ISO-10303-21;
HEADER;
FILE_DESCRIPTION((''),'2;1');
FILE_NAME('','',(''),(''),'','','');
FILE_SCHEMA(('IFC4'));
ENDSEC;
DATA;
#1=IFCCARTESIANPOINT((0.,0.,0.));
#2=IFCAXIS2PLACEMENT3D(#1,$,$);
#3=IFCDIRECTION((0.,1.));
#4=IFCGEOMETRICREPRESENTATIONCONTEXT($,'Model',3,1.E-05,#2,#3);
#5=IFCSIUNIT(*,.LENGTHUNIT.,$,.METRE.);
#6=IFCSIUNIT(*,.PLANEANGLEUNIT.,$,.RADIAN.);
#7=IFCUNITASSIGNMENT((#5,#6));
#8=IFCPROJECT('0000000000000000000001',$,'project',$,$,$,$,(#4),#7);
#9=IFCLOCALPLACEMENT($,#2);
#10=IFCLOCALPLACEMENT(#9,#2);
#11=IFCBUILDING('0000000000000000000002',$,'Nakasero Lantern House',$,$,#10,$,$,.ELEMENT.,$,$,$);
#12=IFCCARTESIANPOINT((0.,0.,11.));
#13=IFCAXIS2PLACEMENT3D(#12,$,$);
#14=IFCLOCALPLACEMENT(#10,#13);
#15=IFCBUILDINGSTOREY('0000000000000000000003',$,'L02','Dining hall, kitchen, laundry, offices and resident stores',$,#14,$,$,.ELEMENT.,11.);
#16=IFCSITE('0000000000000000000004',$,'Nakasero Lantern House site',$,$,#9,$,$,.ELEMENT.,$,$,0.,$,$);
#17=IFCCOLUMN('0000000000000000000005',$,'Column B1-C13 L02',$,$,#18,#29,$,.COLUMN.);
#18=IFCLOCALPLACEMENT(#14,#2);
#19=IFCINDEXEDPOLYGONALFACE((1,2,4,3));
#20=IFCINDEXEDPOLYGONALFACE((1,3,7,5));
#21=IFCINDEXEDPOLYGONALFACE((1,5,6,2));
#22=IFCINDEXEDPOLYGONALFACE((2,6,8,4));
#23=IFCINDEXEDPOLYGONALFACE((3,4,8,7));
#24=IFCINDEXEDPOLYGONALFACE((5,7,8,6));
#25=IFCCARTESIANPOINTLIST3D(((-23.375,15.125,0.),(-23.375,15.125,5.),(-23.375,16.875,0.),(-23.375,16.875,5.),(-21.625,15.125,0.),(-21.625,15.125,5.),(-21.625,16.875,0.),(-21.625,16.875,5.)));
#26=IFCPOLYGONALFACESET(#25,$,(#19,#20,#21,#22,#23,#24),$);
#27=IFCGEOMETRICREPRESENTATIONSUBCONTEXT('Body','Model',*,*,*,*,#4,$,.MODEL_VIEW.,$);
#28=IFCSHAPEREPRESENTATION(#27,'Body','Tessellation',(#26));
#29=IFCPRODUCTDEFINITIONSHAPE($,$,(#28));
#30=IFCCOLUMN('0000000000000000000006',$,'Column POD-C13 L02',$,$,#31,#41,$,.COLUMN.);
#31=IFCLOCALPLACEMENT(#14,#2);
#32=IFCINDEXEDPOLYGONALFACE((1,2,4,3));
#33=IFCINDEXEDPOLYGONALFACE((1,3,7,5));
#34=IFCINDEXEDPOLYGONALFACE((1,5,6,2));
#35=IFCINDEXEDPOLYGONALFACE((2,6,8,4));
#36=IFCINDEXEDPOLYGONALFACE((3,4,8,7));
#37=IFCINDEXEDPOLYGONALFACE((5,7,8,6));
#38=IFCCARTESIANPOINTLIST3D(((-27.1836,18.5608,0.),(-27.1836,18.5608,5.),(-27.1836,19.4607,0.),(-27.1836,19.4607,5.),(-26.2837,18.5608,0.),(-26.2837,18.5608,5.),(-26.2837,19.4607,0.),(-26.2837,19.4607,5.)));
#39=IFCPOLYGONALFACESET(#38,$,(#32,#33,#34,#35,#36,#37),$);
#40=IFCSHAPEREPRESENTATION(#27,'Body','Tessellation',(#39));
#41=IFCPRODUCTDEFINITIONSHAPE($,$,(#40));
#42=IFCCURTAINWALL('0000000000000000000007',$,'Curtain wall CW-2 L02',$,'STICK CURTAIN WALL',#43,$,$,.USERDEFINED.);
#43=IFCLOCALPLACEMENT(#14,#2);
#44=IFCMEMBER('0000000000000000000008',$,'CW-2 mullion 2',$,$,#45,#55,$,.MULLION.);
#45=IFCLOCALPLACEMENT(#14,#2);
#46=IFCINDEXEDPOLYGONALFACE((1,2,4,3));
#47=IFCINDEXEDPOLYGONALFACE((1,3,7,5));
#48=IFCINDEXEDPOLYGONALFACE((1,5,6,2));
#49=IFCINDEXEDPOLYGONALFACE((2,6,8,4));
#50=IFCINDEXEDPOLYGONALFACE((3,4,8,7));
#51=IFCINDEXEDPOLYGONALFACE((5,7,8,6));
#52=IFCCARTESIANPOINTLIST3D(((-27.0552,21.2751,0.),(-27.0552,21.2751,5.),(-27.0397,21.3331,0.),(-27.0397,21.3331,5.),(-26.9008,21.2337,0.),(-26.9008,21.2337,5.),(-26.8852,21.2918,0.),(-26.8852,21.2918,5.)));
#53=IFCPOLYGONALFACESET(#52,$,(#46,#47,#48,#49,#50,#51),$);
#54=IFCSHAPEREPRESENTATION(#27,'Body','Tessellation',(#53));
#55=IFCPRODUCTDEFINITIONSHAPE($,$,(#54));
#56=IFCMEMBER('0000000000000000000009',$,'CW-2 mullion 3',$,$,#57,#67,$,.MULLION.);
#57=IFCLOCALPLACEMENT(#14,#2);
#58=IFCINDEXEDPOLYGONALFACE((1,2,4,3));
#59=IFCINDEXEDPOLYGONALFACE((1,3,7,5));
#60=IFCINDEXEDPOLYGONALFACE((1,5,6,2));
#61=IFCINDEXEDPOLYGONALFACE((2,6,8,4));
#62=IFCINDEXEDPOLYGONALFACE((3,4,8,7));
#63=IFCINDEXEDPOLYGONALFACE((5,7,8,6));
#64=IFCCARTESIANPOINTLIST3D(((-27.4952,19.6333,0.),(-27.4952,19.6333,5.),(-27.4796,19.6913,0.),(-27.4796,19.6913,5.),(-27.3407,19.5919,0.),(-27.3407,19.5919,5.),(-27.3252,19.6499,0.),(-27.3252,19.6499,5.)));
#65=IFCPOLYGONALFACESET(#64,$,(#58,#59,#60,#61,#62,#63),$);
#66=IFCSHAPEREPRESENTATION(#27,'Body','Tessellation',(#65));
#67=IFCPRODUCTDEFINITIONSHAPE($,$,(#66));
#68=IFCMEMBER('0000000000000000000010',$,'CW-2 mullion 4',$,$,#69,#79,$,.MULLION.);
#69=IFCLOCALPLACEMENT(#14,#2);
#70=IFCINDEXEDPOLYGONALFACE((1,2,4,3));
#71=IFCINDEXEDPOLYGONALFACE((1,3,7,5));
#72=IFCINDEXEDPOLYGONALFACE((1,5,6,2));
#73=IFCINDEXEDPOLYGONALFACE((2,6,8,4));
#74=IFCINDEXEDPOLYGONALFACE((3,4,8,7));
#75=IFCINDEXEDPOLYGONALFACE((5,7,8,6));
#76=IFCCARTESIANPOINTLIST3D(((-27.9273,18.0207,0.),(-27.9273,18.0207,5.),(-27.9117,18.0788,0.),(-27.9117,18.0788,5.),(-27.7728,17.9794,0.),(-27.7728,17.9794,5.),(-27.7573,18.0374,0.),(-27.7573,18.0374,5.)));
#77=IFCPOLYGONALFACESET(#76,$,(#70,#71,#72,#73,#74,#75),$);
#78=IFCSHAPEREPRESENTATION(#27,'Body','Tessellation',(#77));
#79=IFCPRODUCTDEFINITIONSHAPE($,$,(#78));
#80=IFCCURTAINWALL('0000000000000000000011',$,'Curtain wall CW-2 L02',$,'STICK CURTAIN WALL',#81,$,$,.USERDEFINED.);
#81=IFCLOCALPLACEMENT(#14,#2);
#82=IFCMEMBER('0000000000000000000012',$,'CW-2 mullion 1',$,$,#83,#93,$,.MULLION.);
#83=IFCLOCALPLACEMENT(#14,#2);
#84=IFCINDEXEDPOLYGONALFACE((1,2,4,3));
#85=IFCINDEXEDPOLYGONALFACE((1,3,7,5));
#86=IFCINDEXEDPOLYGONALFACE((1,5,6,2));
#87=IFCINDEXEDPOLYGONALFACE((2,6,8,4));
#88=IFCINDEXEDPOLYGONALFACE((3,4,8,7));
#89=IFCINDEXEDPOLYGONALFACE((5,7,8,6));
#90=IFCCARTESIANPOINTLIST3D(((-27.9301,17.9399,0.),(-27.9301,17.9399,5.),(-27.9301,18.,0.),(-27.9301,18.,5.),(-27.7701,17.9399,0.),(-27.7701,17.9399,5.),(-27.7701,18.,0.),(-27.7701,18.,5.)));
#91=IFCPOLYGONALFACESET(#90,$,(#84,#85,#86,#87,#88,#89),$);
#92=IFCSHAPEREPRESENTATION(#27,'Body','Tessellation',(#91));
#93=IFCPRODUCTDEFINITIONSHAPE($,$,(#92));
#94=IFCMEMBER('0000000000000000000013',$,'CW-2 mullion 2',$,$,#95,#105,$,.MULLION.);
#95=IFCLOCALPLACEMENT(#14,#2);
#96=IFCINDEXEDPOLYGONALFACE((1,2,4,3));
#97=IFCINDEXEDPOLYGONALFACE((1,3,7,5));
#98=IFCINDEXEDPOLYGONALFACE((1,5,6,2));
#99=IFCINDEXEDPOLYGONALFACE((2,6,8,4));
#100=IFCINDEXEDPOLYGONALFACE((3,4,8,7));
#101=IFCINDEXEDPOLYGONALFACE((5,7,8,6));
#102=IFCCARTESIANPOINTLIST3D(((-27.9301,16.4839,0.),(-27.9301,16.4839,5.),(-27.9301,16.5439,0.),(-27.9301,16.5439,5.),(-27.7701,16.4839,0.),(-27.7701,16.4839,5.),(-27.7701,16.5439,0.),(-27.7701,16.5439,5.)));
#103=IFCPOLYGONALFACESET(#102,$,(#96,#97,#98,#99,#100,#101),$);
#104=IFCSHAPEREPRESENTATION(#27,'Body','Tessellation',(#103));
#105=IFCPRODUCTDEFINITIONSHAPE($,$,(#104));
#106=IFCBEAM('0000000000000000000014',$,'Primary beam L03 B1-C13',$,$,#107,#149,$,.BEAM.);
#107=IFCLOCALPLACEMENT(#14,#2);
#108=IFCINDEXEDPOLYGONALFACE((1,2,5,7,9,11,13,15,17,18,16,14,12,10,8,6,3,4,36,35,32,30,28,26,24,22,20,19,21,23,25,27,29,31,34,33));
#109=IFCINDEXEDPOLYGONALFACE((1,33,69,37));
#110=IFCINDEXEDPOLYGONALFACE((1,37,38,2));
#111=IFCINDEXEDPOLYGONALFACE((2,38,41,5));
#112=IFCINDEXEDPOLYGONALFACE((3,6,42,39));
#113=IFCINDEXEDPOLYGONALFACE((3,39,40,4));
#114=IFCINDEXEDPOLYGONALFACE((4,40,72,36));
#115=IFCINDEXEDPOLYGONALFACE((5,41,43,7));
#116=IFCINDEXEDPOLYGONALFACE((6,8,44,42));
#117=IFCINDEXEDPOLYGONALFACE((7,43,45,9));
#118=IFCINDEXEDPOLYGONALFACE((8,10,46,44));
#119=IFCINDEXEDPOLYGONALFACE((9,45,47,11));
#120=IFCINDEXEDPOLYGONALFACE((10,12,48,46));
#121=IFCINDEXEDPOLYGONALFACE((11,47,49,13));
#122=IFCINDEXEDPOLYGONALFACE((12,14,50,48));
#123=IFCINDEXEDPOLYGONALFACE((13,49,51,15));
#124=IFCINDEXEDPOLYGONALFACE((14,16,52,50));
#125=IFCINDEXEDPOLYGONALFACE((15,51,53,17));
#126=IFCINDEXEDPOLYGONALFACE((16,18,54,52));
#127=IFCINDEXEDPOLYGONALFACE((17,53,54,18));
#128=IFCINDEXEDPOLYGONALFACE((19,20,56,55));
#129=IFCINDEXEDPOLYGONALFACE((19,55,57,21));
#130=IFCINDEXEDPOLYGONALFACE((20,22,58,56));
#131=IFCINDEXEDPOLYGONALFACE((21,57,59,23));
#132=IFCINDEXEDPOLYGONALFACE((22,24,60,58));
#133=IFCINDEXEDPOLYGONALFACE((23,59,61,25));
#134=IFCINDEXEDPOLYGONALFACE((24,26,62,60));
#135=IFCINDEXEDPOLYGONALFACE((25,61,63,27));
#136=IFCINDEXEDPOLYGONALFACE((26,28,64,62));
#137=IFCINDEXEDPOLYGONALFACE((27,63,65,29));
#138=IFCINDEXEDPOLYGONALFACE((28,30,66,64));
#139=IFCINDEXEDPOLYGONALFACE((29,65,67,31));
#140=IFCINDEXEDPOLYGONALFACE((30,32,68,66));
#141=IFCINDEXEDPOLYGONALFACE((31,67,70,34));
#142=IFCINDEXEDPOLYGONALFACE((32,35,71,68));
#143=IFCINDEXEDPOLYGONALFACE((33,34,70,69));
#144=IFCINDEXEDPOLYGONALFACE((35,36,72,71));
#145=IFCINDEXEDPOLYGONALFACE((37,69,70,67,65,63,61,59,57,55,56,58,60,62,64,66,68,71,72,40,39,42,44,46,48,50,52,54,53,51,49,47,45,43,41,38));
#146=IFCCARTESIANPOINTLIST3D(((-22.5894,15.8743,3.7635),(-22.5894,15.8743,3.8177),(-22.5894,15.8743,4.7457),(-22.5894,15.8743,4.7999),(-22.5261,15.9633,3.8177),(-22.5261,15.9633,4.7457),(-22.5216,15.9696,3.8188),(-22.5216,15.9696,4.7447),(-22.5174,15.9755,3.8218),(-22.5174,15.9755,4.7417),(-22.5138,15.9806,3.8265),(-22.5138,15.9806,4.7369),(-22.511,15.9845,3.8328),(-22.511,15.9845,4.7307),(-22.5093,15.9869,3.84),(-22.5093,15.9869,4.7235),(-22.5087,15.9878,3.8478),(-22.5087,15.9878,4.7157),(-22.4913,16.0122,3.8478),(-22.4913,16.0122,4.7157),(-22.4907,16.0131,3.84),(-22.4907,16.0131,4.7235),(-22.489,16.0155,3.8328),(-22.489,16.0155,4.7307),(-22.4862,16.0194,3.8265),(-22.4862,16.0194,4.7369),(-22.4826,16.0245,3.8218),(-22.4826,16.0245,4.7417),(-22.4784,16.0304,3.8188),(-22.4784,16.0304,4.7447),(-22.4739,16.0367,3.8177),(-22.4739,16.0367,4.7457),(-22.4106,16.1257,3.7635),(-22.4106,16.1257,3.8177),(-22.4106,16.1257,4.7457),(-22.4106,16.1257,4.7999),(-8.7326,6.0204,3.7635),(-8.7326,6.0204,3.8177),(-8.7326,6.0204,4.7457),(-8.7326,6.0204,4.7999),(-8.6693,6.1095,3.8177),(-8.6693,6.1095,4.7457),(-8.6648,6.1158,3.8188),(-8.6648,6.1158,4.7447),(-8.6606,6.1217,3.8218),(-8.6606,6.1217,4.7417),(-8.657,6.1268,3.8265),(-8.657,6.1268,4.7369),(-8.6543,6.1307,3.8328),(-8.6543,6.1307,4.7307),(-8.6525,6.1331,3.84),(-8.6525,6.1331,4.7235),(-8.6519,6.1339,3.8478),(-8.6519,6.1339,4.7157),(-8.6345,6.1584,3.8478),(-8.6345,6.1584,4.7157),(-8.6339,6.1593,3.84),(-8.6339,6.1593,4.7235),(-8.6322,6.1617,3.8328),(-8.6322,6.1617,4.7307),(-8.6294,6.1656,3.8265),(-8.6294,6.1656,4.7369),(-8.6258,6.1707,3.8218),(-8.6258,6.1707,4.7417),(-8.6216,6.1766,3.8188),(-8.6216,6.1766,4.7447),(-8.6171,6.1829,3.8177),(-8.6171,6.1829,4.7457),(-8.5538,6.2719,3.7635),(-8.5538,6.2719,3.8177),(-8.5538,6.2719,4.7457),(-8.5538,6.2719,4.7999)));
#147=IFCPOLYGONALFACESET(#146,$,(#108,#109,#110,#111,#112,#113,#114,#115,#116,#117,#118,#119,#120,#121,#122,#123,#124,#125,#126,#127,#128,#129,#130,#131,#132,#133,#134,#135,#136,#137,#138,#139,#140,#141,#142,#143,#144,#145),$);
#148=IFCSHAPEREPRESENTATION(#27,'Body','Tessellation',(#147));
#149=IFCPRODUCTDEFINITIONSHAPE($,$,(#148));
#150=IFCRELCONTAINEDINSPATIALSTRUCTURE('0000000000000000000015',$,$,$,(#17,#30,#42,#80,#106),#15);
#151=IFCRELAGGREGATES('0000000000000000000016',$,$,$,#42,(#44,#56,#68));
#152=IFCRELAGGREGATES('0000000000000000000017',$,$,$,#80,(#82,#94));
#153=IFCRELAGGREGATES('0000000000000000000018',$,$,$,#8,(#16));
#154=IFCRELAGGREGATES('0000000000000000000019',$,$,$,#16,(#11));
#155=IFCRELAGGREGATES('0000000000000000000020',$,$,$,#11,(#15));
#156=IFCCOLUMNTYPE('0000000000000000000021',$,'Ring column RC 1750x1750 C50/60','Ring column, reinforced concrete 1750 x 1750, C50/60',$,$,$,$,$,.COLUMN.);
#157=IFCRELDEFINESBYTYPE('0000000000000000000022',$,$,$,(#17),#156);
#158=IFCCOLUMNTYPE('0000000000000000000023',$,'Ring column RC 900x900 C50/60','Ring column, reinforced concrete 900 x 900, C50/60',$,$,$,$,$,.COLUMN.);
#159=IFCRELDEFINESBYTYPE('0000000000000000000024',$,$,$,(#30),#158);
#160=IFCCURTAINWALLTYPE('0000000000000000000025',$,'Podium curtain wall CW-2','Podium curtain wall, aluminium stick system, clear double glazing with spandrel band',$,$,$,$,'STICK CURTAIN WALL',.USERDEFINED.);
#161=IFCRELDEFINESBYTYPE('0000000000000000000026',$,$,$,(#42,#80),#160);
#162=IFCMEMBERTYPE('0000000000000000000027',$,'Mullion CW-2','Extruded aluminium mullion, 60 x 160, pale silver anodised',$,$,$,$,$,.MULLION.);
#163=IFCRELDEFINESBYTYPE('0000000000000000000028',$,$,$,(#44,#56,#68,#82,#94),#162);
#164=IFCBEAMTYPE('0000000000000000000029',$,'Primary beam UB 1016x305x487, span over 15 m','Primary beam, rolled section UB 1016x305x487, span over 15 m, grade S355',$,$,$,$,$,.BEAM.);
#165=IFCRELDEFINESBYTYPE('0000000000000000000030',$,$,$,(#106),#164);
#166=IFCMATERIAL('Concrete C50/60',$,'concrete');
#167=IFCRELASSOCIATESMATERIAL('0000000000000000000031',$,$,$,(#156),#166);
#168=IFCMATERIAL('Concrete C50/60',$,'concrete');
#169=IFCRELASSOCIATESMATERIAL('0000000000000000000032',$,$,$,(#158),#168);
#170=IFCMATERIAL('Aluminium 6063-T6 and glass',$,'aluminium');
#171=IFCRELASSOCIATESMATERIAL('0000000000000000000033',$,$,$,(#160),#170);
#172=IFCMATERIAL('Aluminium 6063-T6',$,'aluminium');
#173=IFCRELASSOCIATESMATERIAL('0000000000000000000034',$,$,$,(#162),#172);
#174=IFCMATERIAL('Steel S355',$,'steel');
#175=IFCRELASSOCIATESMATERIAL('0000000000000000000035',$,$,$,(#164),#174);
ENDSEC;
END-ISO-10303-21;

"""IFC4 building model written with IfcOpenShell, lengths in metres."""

from ifc_helpers import new_model, si_unit, direction, frame, origin, origin_2d, place, context, subcontext, project, spatial, rectangle, i_section, extrude, material, material_profile, profile_set, type_object, element, aggregate, save


model = new_model("IFC4")

# Units and contexts
model_context = context("Model", 3, precision=1e-05, world=origin(), true_north=direction((0.0, 1.0)))
body_context = subcontext(model_context, "Body", "Model", "MODEL_VIEW")
ifc_project = project(units=[si_unit("LENGTHUNIT", "METRE"), si_unit("PLANEANGLEUNIT", "RADIAN")], contexts=[model_context])

# Site, building, storey
site_placement = place(None, origin())
site = spatial("IfcSite", under=ifc_project, at=site_placement, Name="Nakasero Lantern House site", CompositionType="ELEMENT", RefElevation=0.0)
building_placement = place(site_placement, origin())
building = spatial("IfcBuilding", under=site, at=building_placement, Name="Nakasero Lantern House", CompositionType="ELEMENT")
storey_placement = place(building_placement, frame((0.0, 0.0, 11.0)))
storey = spatial("IfcBuildingStorey", under=building, at=storey_placement, Name="L02", Description="Dining hall, kitchen, laundry, offices and resident stores", CompositionType="ELEMENT", Elevation=11.0)

# Columns
ifc_material_1 = material(Name="Concrete C50/60", Category="concrete")
ifc_material_profile_1 = material_profile(ifc_material_1, rectangle(XDim=1.75, YDim=1.75, at=origin_2d()), Name="RC 1750x1750")
ifc_profile_set_1 = profile_set([ifc_material_profile_1], Name="Concrete C50/60")
column_type_1 = type_object("IfcColumnType", Name="Ring column RC 1750x1750 C50/60", Description="Ring column, reinforced concrete 1750 x 1750, C50/60", PredefinedType="COLUMN", material=ifc_profile_set_1)
column_1_placement = place(storey_placement, frame((-22.5, 16.0, 0.0), z_axis=(0.0, 0.0, 1.0), x_axis=(1.0, 0.0, 0.0)))
element("IfcColumn", 1, at=column_1_placement, inside=storey, type_object=column_type_1, Name="Column B1-C13 L02", PredefinedType="COLUMN", context=body_context, shape_type="SweptSolid", body=[
    extrude(rectangle(XDim=1.75, YDim=1.75, at=origin_2d()), origin(), (0.0, 0.0, 1.0), 5.0),
])
ifc_material_2 = material(Name="Concrete C50/60", Category="concrete")
ifc_material_profile_2 = material_profile(ifc_material_2, rectangle(XDim=0.8999, YDim=0.8999, at=origin_2d()), Name="RC 900x900")
ifc_profile_set_2 = profile_set([ifc_material_profile_2], Name="Concrete C50/60")
column_type_2 = type_object("IfcColumnType", Name="Ring column RC 900x900 C50/60", Description="Ring column, reinforced concrete 900 x 900, C50/60", PredefinedType="COLUMN", material=ifc_profile_set_2)
column_2_placement = place(storey_placement, frame((-26.7336, 19.0107, 0.0), z_axis=(0.0, 0.0, 1.0), x_axis=(1.0, 0.0, 0.0)))
element("IfcColumn", 2, at=column_2_placement, inside=storey, type_object=column_type_2, Name="Column POD-C13 L02", PredefinedType="COLUMN", context=body_context, shape_type="SweptSolid", body=[
    extrude(rectangle(XDim=0.8999, YDim=0.8999, at=origin_2d()), origin(), (0.0, 0.0, 1.0), 5.0),
])

# Curtain walls, members
ifc_material_3 = material(Name="Aluminium 6063-T6 and glass", Category="aluminium")
curtain_wall_type = type_object("IfcCurtainWallType", Name="Podium curtain wall CW-2", Description="Podium curtain wall, aluminium stick system, clear double glazing with spandrel band", ElementType="STICK CURTAIN WALL", PredefinedType="USERDEFINED", material=ifc_material_3)
curtain_wall_1_placement = place(storey_placement, origin())
curtain_wall_1 = element("IfcCurtainWall", 3, at=curtain_wall_1_placement, inside=storey, type_object=curtain_wall_type, Name="Curtain wall CW-2 L02", ObjectType="STICK CURTAIN WALL", PredefinedType="USERDEFINED")
ifc_material_4 = material(Name="Aluminium 6063-T6", Category="aluminium")
ifc_material_profile_3 = material_profile(ifc_material_4, rectangle(XDim=0.0601, YDim=0.1599, at=origin_2d()), Name="CW-2 mullion 60x160")
ifc_profile_set_3 = profile_set([ifc_material_profile_3], Name="Aluminium 6063-T6")
member_type_1 = type_object("IfcMemberType", Name="Mullion CW-2", Description="Extruded aluminium mullion, 60 x 160, pale silver anodised", PredefinedType="MULLION", material=ifc_profile_set_3)
member_1_placement = place(storey_placement, frame((-26.9702, 21.2834, 0.0), z_axis=(0.0, 0.0, 1.0), x_axis=(-0.258819, -0.965926, 0.0)))
member_1 = element("IfcMember", 4, at=member_1_placement, type_object=member_type_1, Name="CW-2 mullion 2", PredefinedType="MULLION", context=body_context, shape_type="SweptSolid", body=[
    extrude(rectangle(XDim=0.0601, YDim=0.1599, at=origin_2d()), origin(), (0.0, 0.0, 1.0), 5.0),
])
member_2_placement = place(storey_placement, frame((-27.4102, 19.6416, 0.0), z_axis=(0.0, 0.0, 1.0), x_axis=(-0.258819, -0.965926, 0.0)))
member_2 = element("IfcMember", 5, at=member_2_placement, type_object=member_type_1, Name="CW-2 mullion 3", PredefinedType="MULLION", context=body_context, shape_type="SweptSolid", body=[
    extrude(rectangle(XDim=0.0601, YDim=0.1599, at=origin_2d()), origin(), (0.0, 0.0, 1.0), 5.0),
])
member_3_placement = place(storey_placement, frame((-27.8423, 18.0291, 0.0), z_axis=(0.0, 0.0, 1.0), x_axis=(-0.258819, -0.965926, 0.0)))
member_3 = element("IfcMember", 6, at=member_3_placement, type_object=member_type_1, Name="CW-2 mullion 4", PredefinedType="MULLION", context=body_context, shape_type="SweptSolid", body=[
    extrude(rectangle(XDim=0.0601, YDim=0.1599, at=origin_2d()), origin(), (0.0, 0.0, 1.0), 5.0),
])
curtain_wall_2_placement = place(storey_placement, origin())
curtain_wall_2 = element("IfcCurtainWall", 7, at=curtain_wall_2_placement, inside=storey, type_object=curtain_wall_type, Name="Curtain wall CW-2 L02", ObjectType="STICK CURTAIN WALL", PredefinedType="USERDEFINED")
member_4_placement = place(storey_placement, frame((-27.8501, 17.97, 0.0), z_axis=(0.0, 0.0, 1.0), x_axis=(0.0, -1.0, 0.0)))
member_4 = element("IfcMember", 8, at=member_4_placement, type_object=member_type_1, Name="CW-2 mullion 1", PredefinedType="MULLION", context=body_context, shape_type="SweptSolid", body=[
    extrude(rectangle(XDim=0.0601, YDim=0.1599, at=origin_2d()), origin(), (0.0, 0.0, 1.0), 5.0),
])
member_5_placement = place(storey_placement, frame((-27.8501, 16.5139, 0.0), z_axis=(0.0, 0.0, 1.0), x_axis=(0.0, -1.0, 0.0)))
member_5 = element("IfcMember", 9, at=member_5_placement, type_object=member_type_1, Name="CW-2 mullion 2", PredefinedType="MULLION", context=body_context, shape_type="SweptSolid", body=[
    extrude(rectangle(XDim=0.0601, YDim=0.1599, at=origin_2d()), origin(), (0.0, 0.0, 1.0), 5.0),
])

# Beam
ifc_material_5 = material(Name="Steel S355", Category="steel")
ifc_material_profile_4 = material_profile(ifc_material_5, i_section(OverallWidth=0.3086, OverallDepth=1.0364, WebThickness=0.03, FlangeThickness=0.0542, FilletRadius=0.03, at=origin_2d()), Name="UB 1016x305x487")
ifc_profile_set_4 = profile_set([ifc_material_profile_4], Name="Steel S355")
beam_type_1 = type_object("IfcBeamType", Name="Primary beam UB 1016x305x487, span over 15 m", Description="Primary beam, rolled section UB 1016x305x487, span over 15 m, grade S355", PredefinedType="BEAM", material=ifc_profile_set_4)
beam_1_placement = place(storey_placement, frame((-22.5, 16.0, 4.2817), z_axis=(0.814952, -0.579528, 0.0), x_axis=(0.579528, 0.814952, 0.0)))
element("IfcBeam", 10, at=beam_1_placement, inside=storey, type_object=beam_type_1, Name="Primary beam L03 B1-C13", PredefinedType="BEAM", context=body_context, shape_type="SweptSolid", body=[
    extrude(i_section(OverallWidth=0.3086, OverallDepth=1.0364, WebThickness=0.03, FlangeThickness=0.0542, FilletRadius=0.03, at=origin_2d()), origin(), (0.0, 0.0, 1.0), 17.0032),
])

aggregate(curtain_wall_1, [member_1, member_2, member_3])
aggregate(curtain_wall_2, [member_4, member_5])

save(model, "model.ifc")
